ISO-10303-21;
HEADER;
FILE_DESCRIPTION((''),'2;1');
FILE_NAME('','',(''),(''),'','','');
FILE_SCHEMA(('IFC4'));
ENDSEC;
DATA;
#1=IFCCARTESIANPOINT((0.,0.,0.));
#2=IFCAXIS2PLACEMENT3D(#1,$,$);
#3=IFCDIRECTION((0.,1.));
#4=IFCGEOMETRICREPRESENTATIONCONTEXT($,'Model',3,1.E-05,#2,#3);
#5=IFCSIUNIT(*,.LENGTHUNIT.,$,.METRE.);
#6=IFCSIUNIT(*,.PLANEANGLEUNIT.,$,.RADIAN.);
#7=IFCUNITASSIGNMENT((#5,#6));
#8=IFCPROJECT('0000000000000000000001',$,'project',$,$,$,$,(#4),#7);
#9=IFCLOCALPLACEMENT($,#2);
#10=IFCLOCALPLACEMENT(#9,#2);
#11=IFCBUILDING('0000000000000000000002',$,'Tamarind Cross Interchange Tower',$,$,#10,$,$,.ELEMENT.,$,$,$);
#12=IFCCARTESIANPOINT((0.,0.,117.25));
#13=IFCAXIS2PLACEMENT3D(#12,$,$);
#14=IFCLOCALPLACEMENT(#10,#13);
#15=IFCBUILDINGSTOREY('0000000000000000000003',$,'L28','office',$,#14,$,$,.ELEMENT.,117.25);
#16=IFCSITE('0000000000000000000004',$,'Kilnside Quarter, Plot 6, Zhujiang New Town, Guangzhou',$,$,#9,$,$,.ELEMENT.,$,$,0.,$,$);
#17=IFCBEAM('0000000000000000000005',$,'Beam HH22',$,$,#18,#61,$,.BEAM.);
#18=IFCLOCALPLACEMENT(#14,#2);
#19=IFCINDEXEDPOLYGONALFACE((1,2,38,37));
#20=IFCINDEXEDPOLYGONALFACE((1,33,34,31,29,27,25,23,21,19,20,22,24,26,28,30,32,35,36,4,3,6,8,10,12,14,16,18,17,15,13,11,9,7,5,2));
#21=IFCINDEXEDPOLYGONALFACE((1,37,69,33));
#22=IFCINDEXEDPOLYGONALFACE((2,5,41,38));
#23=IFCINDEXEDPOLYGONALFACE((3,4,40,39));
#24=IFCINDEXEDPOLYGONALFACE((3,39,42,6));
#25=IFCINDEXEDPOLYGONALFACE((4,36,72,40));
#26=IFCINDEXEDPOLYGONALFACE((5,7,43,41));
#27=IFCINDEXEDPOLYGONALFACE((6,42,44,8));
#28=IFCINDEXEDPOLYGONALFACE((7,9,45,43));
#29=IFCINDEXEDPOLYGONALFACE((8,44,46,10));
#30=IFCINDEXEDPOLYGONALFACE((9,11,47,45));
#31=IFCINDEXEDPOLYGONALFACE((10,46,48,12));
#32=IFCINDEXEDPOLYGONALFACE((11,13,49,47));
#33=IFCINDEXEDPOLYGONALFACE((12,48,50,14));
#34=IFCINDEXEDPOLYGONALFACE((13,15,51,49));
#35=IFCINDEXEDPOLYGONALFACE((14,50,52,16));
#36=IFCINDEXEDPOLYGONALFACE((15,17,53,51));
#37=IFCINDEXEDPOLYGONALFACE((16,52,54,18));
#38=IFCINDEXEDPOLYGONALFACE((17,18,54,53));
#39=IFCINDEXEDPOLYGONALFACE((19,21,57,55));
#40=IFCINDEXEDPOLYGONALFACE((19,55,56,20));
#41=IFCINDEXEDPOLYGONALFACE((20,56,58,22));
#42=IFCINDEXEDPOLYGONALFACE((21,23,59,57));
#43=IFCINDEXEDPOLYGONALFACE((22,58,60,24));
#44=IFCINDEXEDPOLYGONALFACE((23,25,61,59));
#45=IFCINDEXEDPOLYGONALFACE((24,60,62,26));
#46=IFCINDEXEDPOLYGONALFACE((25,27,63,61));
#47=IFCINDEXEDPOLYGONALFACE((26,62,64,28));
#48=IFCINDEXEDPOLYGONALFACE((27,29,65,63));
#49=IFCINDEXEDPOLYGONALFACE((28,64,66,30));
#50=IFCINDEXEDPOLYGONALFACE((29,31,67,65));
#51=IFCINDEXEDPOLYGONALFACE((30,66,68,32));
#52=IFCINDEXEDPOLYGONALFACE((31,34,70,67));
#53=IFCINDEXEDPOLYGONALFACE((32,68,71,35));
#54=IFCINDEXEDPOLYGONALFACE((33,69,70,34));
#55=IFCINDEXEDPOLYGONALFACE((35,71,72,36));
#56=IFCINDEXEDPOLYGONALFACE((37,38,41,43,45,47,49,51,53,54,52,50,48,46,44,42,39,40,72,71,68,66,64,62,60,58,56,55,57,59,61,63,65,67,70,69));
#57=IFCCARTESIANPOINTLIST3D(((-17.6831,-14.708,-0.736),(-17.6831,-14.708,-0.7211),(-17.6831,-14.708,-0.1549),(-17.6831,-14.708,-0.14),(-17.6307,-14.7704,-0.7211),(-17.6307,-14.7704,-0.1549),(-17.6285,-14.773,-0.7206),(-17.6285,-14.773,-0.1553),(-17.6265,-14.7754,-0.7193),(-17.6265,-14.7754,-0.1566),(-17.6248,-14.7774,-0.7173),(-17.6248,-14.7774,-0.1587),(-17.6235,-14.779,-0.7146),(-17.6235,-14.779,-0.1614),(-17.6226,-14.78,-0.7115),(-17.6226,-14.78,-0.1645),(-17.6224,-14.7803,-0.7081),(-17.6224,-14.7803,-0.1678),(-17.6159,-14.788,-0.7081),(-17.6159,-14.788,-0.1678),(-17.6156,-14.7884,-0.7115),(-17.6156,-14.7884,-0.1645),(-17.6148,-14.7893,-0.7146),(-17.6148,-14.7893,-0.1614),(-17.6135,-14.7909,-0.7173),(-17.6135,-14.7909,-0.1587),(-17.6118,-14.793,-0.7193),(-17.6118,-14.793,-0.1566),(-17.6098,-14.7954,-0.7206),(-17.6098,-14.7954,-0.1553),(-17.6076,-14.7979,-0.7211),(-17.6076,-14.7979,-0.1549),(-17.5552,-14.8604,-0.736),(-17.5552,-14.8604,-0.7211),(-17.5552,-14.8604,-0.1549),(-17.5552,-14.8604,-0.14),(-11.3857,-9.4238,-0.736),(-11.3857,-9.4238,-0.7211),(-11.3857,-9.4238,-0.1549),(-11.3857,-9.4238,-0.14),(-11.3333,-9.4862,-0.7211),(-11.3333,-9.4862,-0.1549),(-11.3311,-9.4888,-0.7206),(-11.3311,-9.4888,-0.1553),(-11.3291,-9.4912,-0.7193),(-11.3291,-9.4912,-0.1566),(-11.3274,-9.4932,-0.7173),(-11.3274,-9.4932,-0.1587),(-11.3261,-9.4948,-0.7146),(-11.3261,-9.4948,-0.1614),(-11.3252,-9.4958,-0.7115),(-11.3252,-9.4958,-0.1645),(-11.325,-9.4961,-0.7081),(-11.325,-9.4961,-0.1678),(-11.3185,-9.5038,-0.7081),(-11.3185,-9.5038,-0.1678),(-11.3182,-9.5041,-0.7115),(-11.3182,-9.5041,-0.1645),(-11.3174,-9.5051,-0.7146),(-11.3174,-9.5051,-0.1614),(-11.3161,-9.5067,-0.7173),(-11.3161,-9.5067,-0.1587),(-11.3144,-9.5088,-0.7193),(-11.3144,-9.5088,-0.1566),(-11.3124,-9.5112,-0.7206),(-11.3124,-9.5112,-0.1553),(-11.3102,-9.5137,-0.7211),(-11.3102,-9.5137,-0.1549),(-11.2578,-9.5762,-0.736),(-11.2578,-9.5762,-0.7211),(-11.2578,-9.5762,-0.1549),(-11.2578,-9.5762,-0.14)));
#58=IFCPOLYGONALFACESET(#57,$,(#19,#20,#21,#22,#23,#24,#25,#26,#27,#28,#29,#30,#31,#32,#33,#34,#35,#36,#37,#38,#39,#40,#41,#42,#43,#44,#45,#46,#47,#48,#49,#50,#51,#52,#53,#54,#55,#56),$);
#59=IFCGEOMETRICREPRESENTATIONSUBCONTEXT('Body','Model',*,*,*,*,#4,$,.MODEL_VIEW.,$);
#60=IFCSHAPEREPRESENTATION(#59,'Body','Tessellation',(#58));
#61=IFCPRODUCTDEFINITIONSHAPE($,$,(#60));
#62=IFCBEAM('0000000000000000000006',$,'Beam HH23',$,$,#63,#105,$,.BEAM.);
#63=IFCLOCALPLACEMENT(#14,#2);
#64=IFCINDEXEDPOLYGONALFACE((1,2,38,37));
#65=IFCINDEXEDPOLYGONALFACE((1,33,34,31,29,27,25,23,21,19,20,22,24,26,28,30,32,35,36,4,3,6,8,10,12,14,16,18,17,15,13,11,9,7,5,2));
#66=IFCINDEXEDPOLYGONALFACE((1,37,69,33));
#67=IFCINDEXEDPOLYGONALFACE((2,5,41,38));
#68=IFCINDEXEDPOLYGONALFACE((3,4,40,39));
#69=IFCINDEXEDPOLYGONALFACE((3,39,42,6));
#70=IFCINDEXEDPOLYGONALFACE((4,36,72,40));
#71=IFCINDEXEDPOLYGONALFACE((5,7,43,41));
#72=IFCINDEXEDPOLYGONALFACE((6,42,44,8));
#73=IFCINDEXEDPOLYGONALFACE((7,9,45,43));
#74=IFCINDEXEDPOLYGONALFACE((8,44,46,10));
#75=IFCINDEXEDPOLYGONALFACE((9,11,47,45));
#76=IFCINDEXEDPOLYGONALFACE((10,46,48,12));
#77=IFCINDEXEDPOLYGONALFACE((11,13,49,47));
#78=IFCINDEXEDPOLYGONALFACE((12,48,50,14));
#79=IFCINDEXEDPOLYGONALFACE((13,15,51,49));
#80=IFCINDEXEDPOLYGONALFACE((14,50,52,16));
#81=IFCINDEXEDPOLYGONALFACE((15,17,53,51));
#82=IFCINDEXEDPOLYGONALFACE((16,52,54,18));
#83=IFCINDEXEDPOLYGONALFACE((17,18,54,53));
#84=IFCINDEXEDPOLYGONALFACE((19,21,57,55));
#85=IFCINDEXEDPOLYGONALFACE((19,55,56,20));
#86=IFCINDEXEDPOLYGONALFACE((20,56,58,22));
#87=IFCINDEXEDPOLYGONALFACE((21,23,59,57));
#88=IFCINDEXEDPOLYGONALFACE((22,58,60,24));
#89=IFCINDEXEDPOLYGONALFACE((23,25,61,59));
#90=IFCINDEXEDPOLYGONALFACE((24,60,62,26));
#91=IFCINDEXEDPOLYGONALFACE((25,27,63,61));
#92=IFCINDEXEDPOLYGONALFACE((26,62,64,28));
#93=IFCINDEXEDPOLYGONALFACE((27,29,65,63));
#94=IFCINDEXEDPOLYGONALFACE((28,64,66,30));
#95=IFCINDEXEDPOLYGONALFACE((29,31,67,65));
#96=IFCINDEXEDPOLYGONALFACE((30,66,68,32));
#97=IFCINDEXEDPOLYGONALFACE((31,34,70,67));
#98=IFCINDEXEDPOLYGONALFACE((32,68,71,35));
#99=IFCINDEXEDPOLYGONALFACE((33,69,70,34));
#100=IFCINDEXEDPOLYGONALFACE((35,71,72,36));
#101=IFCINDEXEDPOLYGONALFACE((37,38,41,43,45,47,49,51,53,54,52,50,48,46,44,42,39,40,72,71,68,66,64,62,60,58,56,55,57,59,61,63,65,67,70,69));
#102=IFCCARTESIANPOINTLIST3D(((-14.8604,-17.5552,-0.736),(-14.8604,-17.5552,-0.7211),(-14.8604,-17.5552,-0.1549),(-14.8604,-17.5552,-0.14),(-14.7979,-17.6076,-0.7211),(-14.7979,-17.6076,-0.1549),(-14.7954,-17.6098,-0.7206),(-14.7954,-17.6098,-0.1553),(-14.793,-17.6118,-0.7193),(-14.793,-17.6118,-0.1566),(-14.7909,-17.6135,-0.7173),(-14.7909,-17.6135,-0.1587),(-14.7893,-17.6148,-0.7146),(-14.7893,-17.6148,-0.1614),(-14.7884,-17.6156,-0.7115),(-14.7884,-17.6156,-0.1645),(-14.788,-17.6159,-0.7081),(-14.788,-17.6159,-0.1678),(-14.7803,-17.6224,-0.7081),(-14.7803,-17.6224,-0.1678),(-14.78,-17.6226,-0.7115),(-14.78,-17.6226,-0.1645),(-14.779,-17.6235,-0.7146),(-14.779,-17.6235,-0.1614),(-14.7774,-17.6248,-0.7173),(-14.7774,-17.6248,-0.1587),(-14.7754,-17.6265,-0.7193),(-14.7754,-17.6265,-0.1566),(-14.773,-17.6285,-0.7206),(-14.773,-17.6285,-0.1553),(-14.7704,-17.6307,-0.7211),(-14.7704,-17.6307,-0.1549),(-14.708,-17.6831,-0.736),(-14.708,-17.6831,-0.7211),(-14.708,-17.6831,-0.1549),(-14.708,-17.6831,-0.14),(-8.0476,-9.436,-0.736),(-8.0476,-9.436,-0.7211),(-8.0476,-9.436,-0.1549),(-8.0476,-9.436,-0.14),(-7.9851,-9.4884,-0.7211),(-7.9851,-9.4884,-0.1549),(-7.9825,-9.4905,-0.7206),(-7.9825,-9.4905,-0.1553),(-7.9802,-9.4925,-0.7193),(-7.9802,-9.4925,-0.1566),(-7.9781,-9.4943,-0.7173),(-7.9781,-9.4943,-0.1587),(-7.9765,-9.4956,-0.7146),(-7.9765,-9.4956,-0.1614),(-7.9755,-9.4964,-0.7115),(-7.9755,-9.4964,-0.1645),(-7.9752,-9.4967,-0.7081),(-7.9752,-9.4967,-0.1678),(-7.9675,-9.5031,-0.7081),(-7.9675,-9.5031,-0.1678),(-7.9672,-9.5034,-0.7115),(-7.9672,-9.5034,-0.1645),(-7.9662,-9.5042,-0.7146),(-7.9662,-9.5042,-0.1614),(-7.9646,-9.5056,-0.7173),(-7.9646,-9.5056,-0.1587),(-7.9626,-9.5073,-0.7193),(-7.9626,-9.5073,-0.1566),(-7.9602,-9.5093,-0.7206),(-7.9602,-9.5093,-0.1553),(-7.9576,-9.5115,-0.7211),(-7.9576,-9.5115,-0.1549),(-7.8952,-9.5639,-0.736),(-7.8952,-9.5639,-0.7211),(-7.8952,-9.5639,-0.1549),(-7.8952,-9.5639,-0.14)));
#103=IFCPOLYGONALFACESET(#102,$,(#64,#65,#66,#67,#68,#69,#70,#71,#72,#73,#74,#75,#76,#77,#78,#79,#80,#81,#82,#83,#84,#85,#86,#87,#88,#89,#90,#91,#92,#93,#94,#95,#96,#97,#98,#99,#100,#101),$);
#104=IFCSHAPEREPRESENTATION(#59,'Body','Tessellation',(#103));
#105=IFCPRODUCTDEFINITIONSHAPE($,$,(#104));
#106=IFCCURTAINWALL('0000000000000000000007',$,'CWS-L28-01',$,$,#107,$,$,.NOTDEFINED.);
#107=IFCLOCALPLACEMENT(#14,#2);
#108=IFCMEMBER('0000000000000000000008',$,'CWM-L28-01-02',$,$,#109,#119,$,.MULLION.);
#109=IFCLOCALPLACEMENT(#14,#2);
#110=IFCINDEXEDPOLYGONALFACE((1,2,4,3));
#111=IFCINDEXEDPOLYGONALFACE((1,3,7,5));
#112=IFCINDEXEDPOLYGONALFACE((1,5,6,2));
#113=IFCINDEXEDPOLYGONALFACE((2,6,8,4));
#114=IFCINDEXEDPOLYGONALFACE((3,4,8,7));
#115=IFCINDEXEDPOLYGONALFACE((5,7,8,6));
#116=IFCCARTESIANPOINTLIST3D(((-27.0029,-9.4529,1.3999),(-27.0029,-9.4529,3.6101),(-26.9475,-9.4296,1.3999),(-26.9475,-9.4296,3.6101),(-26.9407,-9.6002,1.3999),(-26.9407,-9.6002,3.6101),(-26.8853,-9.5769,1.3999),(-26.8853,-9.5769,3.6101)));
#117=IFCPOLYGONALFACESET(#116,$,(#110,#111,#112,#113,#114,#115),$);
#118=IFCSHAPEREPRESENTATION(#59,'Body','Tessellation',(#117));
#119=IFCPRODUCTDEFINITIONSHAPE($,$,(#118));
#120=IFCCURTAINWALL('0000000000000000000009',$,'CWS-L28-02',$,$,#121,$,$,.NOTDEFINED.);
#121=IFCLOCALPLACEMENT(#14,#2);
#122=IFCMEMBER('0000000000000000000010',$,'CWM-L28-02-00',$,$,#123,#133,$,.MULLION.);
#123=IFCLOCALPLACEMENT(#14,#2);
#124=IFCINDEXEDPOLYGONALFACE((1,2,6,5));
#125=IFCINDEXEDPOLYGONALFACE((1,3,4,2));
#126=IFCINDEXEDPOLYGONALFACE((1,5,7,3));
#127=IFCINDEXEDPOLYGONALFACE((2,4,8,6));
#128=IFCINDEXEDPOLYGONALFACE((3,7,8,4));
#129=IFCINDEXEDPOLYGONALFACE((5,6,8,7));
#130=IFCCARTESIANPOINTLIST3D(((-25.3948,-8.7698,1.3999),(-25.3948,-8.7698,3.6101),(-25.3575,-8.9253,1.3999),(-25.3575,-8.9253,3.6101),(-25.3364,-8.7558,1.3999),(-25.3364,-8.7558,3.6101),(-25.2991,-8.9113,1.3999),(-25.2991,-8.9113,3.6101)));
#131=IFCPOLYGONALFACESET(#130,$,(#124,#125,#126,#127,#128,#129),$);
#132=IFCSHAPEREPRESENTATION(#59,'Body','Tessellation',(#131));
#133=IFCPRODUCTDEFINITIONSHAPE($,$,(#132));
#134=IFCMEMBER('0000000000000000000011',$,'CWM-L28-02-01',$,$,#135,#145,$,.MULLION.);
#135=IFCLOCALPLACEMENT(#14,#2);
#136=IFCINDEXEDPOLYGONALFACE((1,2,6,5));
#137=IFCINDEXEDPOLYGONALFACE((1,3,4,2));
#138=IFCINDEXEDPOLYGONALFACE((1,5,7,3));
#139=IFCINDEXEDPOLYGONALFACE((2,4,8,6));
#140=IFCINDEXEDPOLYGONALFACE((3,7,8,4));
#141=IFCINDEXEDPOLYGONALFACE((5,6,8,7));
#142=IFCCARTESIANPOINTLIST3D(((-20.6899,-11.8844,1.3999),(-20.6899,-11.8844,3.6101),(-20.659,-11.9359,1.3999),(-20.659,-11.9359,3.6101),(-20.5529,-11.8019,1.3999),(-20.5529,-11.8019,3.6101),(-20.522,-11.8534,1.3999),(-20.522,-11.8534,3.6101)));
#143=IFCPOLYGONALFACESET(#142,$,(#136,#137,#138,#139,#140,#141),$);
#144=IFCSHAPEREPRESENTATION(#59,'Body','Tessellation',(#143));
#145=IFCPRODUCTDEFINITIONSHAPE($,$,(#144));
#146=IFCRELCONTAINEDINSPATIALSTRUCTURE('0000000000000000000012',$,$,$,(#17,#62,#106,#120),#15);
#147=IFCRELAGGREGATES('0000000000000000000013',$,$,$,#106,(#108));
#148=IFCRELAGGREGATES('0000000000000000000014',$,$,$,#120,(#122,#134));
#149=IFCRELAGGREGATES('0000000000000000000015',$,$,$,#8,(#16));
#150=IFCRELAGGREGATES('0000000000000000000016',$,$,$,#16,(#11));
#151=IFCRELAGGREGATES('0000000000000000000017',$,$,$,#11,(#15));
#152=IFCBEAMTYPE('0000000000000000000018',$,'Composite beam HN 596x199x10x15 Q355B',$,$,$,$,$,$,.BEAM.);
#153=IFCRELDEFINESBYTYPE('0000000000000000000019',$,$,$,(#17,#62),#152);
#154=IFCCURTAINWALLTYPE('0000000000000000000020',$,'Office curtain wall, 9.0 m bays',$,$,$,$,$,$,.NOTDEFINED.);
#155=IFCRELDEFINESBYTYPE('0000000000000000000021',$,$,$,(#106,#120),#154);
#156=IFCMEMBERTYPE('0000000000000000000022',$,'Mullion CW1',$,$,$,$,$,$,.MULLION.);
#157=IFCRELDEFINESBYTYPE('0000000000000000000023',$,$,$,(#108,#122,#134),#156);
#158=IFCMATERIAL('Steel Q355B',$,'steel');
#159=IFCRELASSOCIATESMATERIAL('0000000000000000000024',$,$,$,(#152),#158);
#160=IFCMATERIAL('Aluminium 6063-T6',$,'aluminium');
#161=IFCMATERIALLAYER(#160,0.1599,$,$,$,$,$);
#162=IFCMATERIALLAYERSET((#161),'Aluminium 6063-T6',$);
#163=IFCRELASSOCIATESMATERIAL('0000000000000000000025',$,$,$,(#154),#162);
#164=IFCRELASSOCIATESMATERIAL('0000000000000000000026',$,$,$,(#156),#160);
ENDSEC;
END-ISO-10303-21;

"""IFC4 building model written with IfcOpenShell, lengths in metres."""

from ifc_helpers import new_model, si_unit, direction, frame, origin, origin_2d, place, context, subcontext, project, spatial, rectangle, i_section, extrude, material, layer, layer_set, material_profile, profile_set, type_object, element, aggregate, save


model = new_model("IFC4")

# Units and contexts
model_context = context("Model", 3, precision=1e-05, world=origin(), true_north=direction((0.0, 1.0)))
body_context = subcontext(model_context, "Body", "Model", "MODEL_VIEW")
ifc_project = project(units=[si_unit("LENGTHUNIT", "METRE"), si_unit("PLANEANGLEUNIT", "RADIAN")], contexts=[model_context])

# Site, building, storey
site_placement = place(None, origin())
site = spatial("IfcSite", under=ifc_project, at=site_placement, Name="Kilnside Quarter, Plot 6, Zhujiang New Town, Guangzhou", CompositionType="ELEMENT", RefElevation=0.0)
building_placement = place(site_placement, origin())
building = spatial("IfcBuilding", under=site, at=building_placement, Name="Tamarind Cross Interchange Tower", CompositionType="ELEMENT")
storey_placement = place(building_placement, frame((0.0, 0.0, 117.25)))
storey = spatial("IfcBuildingStorey", under=building, at=storey_placement, Name="L28", Description="office", CompositionType="ELEMENT", Elevation=117.25)

# Beams
ifc_material_1 = material(Name="Steel Q355B", Category="steel")
ifc_material_profile_1 = material_profile(ifc_material_1, i_section(OverallWidth=0.199, OverallDepth=0.5959, WebThickness=0.01, FlangeThickness=0.0149, FilletRadius=0.0129, at=origin_2d()), Name="HN 596x199x10x15")
ifc_profile_set_1 = profile_set([ifc_material_profile_1], Name="Steel Q355B")
beam_type = type_object("IfcBeamType", Name="Composite beam HN 596x199x10x15 Q355B", PredefinedType="BEAM", material=ifc_profile_set_1)
beam_1_placement = place(storey_placement, frame((-17.6191, -14.7842, -0.438), z_axis=(0.766041, 0.642792, 0.0), x_axis=(-0.642792, 0.766041, 0.0)))
element("IfcBeam", 1, at=beam_1_placement, inside=storey, type_object=beam_type, Name="Beam HH22", PredefinedType="BEAM", context=body_context, shape_type="SweptSolid", body=[
    extrude(i_section(OverallWidth=0.199, OverallDepth=0.5959, WebThickness=0.01, FlangeThickness=0.0149, FilletRadius=0.0129, at=origin_2d()), origin(), (0.0, 0.0, 1.0), 8.2207),
])
beam_2_placement = place(storey_placement, frame((-14.7842, -17.6191, -0.438), z_axis=(0.642786, 0.766046, 0.0), x_axis=(-0.766046, 0.642786, 0.0)))
element("IfcBeam", 2, at=beam_2_placement, inside=storey, type_object=beam_type, Name="Beam HH23", PredefinedType="BEAM", context=body_context, shape_type="SweptSolid", body=[
    extrude(i_section(OverallWidth=0.199, OverallDepth=0.5959, WebThickness=0.01, FlangeThickness=0.0149, FilletRadius=0.0129, at=origin_2d()), origin(), (0.0, 0.0, 1.0), 10.5989),
])

# Curtain wall, member
ifc_material_2 = material(Name="Aluminium 6063-T6", Category="aluminium")
ifc_layer_1 = layer(ifc_material_2, 0.1599)
ifc_layer_set_1 = layer_set([ifc_layer_1], Name="Aluminium 6063-T6")
curtain_wall_type = type_object("IfcCurtainWallType", Name="Office curtain wall, 9.0 m bays", PredefinedType="NOTDEFINED", material=ifc_layer_set_1)
curtain_wall_1_placement = place(storey_placement, origin())
curtain_wall_1 = element("IfcCurtainWall", 3, at=curtain_wall_1_placement, inside=storey, type_object=curtain_wall_type, Name="CWS-L28-01", PredefinedType="NOTDEFINED")
ifc_material_profile_2 = material_profile(ifc_material_2, rectangle(XDim=0.0601, YDim=0.1599, at=origin_2d()), Name="Mullion CW1")
ifc_profile_set_2 = profile_set([ifc_material_profile_2], Name="Aluminium 6063-T6")
member_type = type_object("IfcMemberType", Name="Mullion CW1", PredefinedType="MULLION", material=ifc_profile_set_2)
member_1_placement = place(storey_placement, frame((-26.9441, -9.5149, 1.3999), z_axis=(0.0, 0.0, 1.0), x_axis=(0.921264, 0.388939, 0.0)))
member_1 = element("IfcMember", 4, at=member_1_placement, type_object=member_type, Name="CWM-L28-01-02", PredefinedType="MULLION", context=body_context, shape_type="SweptSolid", body=[
    extrude(rectangle(XDim=0.0601, YDim=0.1599, at=origin_2d()), origin(), (0.0, 0.0, 1.0), 2.2102),
])
aggregate(curtain_wall_1, [member_1])

# Curtain wall, members
curtain_wall_2_placement = place(storey_placement, origin())
curtain_wall_2 = element("IfcCurtainWall", 5, at=curtain_wall_2_placement, inside=storey, type_object=curtain_wall_type, Name="CWS-L28-02", PredefinedType="NOTDEFINED")
member_2_placement = place(storey_placement, frame((-25.3469, -8.8406, 1.3999), z_axis=(0.0, 0.0, 1.0), x_axis=(0.972421, 0.233232, 0.0)))
member_2 = element("IfcMember", 6, at=member_2_placement, type_object=member_type, Name="CWM-L28-02-00", PredefinedType="MULLION", context=body_context, shape_type="SweptSolid", body=[
    extrude(rectangle(XDim=0.0601, YDim=0.1599, at=origin_2d()), origin(), (0.0, 0.0, 1.0), 2.2102),
])
member_3_placement = place(storey_placement, frame((-20.606, -11.8689, 1.3999), z_axis=(0.0, 0.0, 1.0), x_axis=(0.515577, -0.856843, 0.0)))
member_3 = element("IfcMember", 7, at=member_3_placement, type_object=member_type, Name="CWM-L28-02-01", PredefinedType="MULLION", context=body_context, shape_type="SweptSolid", body=[
    extrude(rectangle(XDim=0.0601, YDim=0.1599, at=origin_2d()), origin(), (0.0, 0.0, 1.0), 2.2102),
])
aggregate(curtain_wall_2, [member_2, member_3])

save(model, "model.ifc")
